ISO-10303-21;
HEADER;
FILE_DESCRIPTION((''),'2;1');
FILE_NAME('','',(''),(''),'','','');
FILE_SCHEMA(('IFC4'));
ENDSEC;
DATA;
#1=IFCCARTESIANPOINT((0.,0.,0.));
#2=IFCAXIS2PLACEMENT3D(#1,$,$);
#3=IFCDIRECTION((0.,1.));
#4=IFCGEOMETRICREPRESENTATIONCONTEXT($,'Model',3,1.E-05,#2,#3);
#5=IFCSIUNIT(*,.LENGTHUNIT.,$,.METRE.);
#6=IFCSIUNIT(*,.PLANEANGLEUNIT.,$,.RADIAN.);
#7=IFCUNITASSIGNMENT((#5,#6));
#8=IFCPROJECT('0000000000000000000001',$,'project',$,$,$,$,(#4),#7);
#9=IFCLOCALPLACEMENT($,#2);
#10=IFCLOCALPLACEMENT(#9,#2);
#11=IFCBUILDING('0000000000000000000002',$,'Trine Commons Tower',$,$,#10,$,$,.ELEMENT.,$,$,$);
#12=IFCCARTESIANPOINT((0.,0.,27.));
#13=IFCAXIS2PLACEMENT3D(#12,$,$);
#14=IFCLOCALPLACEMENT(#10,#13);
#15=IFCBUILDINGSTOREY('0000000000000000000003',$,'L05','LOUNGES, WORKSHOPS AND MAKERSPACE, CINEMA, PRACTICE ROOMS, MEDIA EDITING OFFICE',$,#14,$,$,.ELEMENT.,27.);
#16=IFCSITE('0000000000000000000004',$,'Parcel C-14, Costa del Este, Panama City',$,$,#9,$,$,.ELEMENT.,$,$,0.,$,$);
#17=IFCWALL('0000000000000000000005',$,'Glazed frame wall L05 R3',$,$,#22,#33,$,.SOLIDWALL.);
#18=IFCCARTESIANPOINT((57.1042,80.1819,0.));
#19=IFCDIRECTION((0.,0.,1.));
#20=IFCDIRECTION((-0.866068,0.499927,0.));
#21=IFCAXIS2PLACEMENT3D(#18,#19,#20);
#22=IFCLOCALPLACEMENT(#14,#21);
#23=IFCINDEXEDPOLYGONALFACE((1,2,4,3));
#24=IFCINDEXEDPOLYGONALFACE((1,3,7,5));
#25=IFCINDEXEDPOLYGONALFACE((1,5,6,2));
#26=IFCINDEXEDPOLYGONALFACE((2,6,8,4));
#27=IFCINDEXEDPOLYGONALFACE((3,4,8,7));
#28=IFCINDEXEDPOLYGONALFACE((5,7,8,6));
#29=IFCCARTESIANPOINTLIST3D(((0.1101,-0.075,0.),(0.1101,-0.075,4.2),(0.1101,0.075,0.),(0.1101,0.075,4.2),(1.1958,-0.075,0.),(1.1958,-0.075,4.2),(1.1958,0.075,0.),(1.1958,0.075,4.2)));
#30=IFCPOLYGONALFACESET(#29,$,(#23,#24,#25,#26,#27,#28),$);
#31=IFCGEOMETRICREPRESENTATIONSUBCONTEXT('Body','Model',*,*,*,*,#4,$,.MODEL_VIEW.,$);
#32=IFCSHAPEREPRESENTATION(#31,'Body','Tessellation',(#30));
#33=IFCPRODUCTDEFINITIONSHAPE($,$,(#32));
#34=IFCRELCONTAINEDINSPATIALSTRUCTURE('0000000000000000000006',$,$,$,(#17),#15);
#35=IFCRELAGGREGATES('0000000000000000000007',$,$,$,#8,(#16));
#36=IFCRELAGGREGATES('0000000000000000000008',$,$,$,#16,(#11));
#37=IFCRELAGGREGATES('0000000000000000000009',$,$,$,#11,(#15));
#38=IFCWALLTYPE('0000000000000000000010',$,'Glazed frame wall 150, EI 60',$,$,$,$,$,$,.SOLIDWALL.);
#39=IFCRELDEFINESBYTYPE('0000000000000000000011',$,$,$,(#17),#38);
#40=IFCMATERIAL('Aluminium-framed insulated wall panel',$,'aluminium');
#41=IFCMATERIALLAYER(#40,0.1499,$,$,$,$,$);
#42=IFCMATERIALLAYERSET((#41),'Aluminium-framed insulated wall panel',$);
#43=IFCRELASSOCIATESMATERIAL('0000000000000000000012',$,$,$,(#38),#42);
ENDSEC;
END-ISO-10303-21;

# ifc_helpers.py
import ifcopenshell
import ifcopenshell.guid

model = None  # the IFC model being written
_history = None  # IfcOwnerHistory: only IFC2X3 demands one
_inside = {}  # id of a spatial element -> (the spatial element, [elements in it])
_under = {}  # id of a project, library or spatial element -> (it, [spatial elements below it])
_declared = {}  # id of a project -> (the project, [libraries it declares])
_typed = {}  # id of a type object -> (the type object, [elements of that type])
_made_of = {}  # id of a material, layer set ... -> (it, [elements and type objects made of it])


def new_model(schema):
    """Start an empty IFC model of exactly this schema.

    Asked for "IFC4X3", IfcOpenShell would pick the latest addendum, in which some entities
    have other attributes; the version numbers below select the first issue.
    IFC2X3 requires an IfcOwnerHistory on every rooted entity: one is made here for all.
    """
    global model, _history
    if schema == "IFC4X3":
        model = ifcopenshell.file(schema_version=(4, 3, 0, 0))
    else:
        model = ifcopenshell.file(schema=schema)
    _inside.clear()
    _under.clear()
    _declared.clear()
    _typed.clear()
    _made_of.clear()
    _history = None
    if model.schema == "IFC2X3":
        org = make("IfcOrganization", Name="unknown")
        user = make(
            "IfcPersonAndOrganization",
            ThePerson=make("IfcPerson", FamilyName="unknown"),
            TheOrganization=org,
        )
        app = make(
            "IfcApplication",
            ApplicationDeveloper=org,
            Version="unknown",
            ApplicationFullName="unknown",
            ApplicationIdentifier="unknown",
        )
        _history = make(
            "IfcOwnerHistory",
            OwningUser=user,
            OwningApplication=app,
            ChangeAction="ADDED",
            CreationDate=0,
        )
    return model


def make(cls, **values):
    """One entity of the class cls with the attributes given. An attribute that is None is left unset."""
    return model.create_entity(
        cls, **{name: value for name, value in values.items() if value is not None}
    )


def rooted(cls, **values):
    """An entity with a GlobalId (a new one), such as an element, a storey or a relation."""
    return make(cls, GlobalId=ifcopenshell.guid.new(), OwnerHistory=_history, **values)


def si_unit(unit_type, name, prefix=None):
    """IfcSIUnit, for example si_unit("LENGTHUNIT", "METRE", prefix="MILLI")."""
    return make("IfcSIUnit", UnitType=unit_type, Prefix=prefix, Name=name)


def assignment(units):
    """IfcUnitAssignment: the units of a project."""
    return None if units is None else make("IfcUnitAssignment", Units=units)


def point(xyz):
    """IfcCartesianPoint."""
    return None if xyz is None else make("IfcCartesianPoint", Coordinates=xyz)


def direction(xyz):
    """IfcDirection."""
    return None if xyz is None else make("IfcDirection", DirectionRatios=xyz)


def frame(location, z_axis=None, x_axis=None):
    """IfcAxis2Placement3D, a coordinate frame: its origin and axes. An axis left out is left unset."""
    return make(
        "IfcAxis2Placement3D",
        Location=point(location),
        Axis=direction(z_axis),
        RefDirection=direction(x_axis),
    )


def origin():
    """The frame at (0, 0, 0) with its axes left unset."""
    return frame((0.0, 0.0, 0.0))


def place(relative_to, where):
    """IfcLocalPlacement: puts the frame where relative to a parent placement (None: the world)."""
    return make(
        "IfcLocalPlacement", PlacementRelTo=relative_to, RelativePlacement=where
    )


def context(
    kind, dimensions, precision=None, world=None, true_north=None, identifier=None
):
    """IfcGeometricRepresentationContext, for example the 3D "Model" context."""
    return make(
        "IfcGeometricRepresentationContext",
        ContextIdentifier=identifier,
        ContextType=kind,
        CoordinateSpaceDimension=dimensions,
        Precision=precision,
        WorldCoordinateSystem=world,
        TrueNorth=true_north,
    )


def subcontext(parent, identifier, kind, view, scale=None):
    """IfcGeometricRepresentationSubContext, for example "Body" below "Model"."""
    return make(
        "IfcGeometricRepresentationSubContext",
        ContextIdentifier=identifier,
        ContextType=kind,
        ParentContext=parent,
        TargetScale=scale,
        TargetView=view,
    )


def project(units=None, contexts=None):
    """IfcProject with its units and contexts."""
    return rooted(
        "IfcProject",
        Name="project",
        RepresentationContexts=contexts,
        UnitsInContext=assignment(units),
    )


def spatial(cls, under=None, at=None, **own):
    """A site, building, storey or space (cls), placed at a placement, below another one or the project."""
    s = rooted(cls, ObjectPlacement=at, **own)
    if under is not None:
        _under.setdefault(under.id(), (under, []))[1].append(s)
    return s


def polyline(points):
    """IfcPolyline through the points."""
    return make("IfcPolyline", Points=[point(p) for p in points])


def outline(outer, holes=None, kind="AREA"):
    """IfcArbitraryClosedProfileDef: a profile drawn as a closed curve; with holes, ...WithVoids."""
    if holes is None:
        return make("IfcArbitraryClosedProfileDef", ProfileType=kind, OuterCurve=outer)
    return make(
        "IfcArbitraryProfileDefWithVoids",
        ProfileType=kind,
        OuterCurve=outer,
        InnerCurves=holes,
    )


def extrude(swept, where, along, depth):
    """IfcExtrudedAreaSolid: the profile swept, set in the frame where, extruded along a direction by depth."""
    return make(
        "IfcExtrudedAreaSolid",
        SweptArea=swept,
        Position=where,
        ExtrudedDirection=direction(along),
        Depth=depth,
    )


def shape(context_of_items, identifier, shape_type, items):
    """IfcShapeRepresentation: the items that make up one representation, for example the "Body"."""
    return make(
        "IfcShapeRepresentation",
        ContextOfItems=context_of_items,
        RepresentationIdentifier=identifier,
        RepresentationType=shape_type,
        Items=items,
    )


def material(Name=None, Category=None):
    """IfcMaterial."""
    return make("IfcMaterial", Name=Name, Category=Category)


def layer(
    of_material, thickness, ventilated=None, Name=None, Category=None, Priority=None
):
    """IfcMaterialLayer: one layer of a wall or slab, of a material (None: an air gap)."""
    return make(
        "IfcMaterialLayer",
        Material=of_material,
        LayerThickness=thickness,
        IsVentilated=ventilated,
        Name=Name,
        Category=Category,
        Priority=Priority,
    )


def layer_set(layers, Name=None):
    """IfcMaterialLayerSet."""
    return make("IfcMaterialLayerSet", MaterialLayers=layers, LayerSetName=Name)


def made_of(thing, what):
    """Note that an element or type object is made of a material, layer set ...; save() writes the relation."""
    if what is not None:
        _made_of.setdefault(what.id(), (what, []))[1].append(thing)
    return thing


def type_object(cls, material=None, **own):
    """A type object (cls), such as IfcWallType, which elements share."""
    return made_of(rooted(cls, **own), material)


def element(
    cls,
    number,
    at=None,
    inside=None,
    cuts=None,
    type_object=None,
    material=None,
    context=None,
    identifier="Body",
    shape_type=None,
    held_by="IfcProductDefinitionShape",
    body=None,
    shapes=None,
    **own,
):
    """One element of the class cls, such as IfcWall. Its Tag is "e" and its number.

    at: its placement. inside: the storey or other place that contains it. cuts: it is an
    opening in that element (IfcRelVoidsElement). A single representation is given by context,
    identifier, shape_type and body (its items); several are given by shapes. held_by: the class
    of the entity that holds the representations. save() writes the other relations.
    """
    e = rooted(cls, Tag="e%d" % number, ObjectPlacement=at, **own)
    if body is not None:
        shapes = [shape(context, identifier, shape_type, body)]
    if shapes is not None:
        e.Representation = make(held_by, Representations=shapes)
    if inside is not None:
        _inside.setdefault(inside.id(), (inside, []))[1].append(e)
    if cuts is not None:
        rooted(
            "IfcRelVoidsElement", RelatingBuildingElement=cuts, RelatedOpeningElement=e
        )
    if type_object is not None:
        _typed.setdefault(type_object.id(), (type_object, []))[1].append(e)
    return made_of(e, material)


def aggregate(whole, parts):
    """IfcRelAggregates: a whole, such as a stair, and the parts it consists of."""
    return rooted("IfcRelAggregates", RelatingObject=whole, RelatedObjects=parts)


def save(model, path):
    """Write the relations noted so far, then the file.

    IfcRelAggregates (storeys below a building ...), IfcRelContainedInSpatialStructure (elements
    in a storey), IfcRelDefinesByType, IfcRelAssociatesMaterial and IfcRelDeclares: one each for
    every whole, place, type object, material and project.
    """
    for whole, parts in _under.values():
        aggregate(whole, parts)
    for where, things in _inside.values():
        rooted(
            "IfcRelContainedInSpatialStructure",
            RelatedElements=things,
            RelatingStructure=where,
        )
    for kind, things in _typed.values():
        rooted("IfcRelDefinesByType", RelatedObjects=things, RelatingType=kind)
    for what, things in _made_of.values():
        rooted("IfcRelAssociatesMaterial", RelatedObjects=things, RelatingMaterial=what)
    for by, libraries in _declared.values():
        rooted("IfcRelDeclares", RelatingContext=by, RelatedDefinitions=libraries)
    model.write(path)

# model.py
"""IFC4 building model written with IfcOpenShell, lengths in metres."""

from ifc_helpers import new_model, si_unit, direction, frame, origin, place, context, subcontext, project, spatial, polyline, outline, extrude, material, layer, layer_set, type_object, element, save


model = new_model("IFC4")

# Units and contexts
model_context = context("Model", 3, precision=1e-05, world=origin(), true_north=direction((0.0, 1.0)))
body_context = subcontext(model_context, "Body", "Model", "MODEL_VIEW")
ifc_project = project(units=[si_unit("LENGTHUNIT", "METRE"), si_unit("PLANEANGLEUNIT", "RADIAN")], contexts=[model_context])

# Site, building, storey
site_placement = place(None, origin())
site = spatial("IfcSite", under=ifc_project, at=site_placement, Name="Parcel C-14, Costa del Este, Panama City", CompositionType="ELEMENT", RefElevation=0.0)
building_placement = place(site_placement, origin())
building = spatial("IfcBuilding", under=site, at=building_placement, Name="Trine Commons Tower", CompositionType="ELEMENT")
storey_placement = place(building_placement, frame((0.0, 0.0, 27.0)))
storey = spatial("IfcBuildingStorey", under=building, at=storey_placement, Name="L05", Description="LOUNGES, WORKSHOPS AND MAKERSPACE, CINEMA, PRACTICE ROOMS, MEDIA EDITING OFFICE", CompositionType="ELEMENT", Elevation=27.0)

# Wall
ifc_material_1 = material(Name="Aluminium-framed insulated wall panel", Category="aluminium")
ifc_layer_1 = layer(ifc_material_1, 0.1499)
ifc_layer_set_1 = layer_set([ifc_layer_1], Name="Aluminium-framed insulated wall panel")
wall_type_1 = type_object("IfcWallType", Name="Glazed frame wall 150, EI 60", PredefinedType="SOLIDWALL", material=ifc_layer_set_1)
wall_1_placement = place(storey_placement, frame((57.1042, 80.1819, 0.0), z_axis=(0.0, 0.0, 1.0), x_axis=(-0.866068, 0.499927, 0.0)))
element("IfcWall", 1, at=wall_1_placement, inside=storey, type_object=wall_type_1, Name="Glazed frame wall L05 R3", PredefinedType="SOLIDWALL", context=body_context, shape_type="SweptSolid", body=[
    extrude(outline(polyline([(0.1101, 0.075), (0.1101, -0.075), (1.1958, -0.075), (1.1958, 0.075), (0.1101, 0.075)])), origin(), (0.0, 0.0, 1.0), 4.2),
])

save(model, "model.ifc")
